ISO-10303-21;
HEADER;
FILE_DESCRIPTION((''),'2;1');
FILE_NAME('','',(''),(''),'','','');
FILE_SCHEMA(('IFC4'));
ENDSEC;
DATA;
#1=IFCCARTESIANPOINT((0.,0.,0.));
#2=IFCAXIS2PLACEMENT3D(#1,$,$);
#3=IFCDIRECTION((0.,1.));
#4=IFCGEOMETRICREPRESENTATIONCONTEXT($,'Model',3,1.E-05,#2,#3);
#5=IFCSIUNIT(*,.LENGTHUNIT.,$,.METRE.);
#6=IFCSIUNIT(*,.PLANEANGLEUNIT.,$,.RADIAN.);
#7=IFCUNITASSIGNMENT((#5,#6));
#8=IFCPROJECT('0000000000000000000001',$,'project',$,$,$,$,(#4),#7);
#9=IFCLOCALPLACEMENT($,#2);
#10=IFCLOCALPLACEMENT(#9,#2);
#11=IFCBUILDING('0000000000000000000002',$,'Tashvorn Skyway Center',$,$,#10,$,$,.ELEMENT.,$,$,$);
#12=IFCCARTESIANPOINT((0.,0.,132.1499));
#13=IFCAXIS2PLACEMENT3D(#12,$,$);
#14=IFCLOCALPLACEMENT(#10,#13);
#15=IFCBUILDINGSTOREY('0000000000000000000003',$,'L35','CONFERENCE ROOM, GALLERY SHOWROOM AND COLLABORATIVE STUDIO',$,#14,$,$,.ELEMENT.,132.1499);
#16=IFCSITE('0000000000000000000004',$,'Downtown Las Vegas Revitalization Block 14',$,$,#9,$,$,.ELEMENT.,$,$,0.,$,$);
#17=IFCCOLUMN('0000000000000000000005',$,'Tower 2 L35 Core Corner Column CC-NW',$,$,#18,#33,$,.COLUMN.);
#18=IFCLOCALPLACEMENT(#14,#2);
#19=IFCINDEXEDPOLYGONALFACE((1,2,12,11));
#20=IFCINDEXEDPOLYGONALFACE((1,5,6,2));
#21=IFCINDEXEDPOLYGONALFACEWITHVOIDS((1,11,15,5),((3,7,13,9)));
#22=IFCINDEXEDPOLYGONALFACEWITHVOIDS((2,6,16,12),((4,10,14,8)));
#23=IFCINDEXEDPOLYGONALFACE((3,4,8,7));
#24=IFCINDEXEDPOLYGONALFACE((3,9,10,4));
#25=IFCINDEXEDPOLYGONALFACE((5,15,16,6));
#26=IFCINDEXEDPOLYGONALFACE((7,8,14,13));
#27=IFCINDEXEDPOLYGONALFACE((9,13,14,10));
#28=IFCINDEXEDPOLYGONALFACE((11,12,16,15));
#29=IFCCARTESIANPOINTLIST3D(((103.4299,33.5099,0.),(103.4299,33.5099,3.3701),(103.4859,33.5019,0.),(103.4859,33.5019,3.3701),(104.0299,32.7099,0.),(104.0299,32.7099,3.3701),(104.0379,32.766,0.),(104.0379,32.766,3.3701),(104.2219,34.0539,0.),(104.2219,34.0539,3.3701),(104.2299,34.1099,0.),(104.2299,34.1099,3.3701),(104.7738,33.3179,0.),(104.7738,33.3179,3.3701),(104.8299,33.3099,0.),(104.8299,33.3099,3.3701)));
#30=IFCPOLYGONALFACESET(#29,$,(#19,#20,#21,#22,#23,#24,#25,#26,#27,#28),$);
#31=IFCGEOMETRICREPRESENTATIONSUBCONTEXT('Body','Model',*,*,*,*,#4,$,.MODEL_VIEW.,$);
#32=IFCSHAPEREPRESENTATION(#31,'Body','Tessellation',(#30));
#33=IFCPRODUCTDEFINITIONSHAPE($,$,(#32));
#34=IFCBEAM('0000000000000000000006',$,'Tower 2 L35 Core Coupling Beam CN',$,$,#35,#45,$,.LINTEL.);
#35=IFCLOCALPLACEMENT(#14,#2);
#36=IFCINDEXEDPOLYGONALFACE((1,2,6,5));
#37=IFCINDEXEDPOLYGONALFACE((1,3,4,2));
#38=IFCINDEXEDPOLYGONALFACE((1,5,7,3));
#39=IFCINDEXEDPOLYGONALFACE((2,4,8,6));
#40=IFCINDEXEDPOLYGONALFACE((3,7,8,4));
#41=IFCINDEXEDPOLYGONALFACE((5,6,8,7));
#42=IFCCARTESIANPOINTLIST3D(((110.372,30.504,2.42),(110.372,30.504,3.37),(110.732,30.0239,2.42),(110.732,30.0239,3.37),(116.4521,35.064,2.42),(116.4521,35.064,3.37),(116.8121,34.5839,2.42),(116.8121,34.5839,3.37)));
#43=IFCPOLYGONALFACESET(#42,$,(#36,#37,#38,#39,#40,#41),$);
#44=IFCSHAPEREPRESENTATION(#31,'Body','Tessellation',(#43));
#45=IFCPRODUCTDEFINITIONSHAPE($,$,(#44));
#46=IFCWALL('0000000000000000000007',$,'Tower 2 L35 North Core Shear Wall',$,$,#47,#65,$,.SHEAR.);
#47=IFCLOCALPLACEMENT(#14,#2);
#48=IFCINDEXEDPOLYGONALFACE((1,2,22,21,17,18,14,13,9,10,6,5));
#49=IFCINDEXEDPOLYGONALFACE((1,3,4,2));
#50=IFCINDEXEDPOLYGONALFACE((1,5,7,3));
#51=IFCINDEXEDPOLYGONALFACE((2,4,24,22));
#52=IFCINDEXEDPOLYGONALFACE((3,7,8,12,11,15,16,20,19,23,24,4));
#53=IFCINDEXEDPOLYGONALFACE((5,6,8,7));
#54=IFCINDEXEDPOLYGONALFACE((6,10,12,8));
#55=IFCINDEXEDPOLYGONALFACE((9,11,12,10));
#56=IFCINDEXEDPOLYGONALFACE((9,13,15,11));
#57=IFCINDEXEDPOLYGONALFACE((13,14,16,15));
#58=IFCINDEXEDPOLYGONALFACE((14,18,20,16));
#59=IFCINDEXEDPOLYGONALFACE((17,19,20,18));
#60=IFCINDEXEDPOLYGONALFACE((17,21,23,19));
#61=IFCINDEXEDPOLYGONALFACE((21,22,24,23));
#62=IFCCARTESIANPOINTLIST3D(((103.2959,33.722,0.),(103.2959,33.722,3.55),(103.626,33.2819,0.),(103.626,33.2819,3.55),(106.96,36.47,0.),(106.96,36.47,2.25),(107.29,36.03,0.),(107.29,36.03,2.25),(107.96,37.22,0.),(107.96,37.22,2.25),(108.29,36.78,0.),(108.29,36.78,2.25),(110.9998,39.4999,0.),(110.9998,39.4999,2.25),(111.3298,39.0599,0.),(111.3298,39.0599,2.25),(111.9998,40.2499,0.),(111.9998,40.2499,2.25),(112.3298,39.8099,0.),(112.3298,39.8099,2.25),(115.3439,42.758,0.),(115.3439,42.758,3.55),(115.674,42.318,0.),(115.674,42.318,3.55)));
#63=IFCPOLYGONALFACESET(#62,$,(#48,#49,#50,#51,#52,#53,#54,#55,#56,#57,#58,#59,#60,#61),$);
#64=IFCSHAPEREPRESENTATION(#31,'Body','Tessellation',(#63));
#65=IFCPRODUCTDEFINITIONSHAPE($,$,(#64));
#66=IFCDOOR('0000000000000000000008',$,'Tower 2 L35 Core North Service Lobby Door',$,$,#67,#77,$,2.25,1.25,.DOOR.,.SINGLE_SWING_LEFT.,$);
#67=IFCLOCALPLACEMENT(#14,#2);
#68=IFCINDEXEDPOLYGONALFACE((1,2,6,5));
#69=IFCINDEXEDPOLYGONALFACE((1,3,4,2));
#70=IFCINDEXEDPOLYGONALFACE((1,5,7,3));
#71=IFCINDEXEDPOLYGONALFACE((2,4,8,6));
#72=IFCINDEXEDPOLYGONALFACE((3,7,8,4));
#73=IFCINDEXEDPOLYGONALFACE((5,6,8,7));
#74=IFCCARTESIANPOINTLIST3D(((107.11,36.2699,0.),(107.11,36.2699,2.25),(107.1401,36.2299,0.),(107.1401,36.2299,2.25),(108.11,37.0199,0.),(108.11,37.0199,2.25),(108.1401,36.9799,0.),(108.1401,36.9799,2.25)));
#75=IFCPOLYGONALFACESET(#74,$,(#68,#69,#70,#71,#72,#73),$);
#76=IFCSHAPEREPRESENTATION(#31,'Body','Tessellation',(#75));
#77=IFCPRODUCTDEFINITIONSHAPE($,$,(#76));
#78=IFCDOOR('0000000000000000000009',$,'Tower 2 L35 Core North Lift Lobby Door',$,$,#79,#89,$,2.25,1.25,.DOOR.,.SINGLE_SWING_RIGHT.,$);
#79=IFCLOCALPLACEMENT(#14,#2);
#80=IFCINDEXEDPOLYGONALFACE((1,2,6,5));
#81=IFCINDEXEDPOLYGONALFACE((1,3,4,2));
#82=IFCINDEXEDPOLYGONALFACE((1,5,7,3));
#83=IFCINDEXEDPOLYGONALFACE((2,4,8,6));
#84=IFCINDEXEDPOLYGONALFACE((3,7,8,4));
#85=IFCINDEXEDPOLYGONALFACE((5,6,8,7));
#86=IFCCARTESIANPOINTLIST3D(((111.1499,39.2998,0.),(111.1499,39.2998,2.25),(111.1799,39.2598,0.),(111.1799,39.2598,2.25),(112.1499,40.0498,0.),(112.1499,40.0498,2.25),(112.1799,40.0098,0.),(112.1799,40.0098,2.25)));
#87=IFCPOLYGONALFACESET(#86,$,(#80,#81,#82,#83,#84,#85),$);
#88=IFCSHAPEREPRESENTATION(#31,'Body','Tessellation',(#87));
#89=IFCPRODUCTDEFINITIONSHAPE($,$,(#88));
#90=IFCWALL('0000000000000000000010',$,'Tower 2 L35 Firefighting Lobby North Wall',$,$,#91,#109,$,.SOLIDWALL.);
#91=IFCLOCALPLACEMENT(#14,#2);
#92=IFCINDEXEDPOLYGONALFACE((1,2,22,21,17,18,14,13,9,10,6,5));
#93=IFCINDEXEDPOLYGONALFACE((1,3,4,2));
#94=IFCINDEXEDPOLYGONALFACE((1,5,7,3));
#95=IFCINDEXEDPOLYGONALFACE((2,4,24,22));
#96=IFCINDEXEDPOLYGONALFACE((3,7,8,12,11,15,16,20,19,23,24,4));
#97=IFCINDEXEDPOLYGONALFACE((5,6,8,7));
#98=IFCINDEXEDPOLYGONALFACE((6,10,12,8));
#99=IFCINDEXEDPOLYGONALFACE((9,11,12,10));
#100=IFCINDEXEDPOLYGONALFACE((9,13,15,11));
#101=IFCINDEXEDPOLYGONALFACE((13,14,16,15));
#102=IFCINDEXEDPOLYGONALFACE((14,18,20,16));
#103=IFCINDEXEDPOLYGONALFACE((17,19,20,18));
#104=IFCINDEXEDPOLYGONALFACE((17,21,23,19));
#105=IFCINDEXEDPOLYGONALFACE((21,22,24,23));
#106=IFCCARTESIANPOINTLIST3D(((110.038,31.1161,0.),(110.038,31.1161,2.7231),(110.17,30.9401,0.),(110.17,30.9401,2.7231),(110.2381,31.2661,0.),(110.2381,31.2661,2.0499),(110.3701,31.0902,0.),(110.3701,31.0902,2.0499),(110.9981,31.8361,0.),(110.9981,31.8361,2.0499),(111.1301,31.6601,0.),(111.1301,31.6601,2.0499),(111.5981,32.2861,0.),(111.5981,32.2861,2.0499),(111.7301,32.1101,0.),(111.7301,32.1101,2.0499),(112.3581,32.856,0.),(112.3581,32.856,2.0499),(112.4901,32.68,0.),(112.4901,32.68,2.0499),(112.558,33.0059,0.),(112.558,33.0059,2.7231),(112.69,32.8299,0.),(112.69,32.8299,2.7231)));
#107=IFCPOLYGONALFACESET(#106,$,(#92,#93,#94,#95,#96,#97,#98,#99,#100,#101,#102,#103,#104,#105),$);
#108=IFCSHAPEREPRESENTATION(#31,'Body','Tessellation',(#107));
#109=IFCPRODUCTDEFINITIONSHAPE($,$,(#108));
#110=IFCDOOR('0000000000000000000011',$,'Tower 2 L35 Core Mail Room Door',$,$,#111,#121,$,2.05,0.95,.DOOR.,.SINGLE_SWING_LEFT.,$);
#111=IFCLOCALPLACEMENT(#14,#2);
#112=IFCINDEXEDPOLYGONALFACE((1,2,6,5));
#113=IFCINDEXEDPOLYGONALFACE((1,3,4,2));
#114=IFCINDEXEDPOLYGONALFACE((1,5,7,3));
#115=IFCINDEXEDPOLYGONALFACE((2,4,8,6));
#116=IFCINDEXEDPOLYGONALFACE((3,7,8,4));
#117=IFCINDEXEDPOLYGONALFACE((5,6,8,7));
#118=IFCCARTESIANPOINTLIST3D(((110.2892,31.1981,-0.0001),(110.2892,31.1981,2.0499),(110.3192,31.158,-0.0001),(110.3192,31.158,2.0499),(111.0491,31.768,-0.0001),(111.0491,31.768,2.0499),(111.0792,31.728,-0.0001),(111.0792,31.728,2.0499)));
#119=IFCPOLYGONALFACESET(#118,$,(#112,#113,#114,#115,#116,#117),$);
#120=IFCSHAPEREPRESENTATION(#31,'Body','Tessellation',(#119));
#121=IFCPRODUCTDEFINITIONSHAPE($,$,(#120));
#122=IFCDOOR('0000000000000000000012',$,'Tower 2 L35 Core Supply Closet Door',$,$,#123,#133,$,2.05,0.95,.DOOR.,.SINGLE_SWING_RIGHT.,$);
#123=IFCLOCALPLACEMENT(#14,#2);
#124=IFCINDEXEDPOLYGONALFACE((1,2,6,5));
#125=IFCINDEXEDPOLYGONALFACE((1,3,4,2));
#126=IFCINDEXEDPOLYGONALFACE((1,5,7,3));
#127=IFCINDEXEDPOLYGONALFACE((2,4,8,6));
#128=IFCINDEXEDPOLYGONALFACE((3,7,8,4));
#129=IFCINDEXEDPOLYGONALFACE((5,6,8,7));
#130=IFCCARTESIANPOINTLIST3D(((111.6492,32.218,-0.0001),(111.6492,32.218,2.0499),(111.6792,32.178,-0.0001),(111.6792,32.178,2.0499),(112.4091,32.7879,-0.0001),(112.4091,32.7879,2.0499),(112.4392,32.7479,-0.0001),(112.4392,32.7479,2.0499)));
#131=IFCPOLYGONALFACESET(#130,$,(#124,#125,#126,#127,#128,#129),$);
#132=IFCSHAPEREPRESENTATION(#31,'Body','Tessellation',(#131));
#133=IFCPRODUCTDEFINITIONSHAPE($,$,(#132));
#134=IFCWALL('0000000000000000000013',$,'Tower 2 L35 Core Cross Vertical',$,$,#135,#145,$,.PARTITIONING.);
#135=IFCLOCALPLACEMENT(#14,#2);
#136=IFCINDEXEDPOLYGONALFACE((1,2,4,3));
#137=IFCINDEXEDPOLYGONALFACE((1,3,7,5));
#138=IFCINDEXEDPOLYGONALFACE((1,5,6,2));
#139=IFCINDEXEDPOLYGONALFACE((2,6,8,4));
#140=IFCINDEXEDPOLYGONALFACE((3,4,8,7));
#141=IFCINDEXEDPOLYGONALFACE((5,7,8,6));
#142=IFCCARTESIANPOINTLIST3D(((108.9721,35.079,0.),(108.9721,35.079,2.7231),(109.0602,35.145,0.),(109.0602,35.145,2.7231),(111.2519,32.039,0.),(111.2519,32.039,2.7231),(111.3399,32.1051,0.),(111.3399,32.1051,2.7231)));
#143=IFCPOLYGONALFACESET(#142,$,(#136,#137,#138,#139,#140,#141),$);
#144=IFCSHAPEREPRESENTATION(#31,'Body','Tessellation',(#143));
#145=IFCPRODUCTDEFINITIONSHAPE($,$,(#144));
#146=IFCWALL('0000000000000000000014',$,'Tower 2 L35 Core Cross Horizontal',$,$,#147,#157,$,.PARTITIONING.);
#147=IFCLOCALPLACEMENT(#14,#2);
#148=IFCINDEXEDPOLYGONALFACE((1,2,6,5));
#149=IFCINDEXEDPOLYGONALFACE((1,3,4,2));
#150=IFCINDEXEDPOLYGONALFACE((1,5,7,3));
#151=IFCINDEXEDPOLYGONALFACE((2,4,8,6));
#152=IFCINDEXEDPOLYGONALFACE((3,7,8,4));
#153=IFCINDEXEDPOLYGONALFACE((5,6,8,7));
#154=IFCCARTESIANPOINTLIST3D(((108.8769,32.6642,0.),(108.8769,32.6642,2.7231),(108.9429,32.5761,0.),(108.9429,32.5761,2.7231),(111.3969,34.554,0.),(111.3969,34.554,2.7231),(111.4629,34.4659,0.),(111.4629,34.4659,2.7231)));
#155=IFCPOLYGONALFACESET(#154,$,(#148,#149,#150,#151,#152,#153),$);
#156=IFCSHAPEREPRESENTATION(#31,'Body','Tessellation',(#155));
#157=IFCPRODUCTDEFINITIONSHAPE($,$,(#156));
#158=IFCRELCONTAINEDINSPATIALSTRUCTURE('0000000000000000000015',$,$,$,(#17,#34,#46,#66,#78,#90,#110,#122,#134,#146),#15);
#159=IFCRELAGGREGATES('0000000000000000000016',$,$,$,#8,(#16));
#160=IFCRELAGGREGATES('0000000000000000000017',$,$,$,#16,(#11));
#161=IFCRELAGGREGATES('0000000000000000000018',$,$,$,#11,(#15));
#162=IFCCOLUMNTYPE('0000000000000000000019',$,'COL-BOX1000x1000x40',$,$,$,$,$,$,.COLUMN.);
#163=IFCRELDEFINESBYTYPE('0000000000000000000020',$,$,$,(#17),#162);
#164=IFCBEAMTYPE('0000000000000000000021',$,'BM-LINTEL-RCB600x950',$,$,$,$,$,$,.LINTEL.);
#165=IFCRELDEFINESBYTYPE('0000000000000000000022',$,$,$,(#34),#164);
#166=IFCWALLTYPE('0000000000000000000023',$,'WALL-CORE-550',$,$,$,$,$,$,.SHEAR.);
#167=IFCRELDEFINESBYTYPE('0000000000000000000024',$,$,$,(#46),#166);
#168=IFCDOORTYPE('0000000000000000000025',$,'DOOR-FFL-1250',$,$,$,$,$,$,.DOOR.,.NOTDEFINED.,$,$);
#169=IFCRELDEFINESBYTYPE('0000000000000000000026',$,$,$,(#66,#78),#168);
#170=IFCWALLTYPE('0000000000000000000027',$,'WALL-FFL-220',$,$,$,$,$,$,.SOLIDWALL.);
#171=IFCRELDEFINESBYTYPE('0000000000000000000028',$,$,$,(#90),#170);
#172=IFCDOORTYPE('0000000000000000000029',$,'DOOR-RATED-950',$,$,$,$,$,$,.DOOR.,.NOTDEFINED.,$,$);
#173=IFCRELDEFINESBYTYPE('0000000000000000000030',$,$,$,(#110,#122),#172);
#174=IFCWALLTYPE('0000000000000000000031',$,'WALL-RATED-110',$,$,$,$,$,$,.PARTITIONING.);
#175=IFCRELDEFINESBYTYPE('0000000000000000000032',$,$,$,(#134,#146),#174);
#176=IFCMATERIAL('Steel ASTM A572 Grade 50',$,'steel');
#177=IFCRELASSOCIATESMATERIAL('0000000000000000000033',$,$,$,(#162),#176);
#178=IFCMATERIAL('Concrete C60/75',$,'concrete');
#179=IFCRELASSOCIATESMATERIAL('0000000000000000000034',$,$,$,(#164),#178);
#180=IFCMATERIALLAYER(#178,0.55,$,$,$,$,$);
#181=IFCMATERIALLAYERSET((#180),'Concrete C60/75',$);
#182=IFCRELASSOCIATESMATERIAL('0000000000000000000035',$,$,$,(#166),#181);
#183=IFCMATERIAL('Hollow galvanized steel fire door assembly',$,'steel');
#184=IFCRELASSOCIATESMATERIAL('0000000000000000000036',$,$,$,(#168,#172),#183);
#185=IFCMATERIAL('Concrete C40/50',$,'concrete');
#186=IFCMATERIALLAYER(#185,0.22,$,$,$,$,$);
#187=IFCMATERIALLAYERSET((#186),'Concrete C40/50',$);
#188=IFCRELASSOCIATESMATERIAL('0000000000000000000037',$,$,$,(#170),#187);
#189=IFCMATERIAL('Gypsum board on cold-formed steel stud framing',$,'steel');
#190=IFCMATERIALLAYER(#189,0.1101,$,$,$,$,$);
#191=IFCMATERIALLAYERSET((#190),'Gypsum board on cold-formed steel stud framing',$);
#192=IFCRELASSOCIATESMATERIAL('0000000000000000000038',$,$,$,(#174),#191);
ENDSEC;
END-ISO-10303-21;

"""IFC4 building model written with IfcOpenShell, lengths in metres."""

from ifc_helpers import new_model, si_unit, direction, frame, frame_2d, origin, origin_2d, place, context, subcontext, project, spatial, rectangle, hollow_rectangle, extrude, material, layer, layer_set, material_profile, profile_set, type_object, element, fill, save


model = new_model("IFC4")

# Units and contexts
model_context = context("Model", 3, precision=1e-05, world=origin(), true_north=direction((0.0, 1.0)))
body_context = subcontext(model_context, "Body", "Model", "MODEL_VIEW")
ifc_project = project(units=[si_unit("LENGTHUNIT", "METRE"), si_unit("PLANEANGLEUNIT", "RADIAN")], contexts=[model_context])

# Site, building, storey
site_placement = place(None, origin())
site = spatial("IfcSite", under=ifc_project, at=site_placement, Name="Downtown Las Vegas Revitalization Block 14", CompositionType="ELEMENT", RefElevation=0.0)
building_placement = place(site_placement, origin())
building = spatial("IfcBuilding", under=site, at=building_placement, Name="Tashvorn Skyway Center", CompositionType="ELEMENT")
storey_placement = place(building_placement, frame((0.0, 0.0, 132.1499)))
storey = spatial("IfcBuildingStorey", under=building, at=storey_placement, Name="L35", Description="CONFERENCE ROOM, GALLERY SHOWROOM AND COLLABORATIVE STUDIO", CompositionType="ELEMENT", Elevation=132.1499)

# Column
ifc_material_1 = material(Name="Steel ASTM A572 Grade 50", Category="steel")
ifc_material_profile_1 = material_profile(ifc_material_1, hollow_rectangle(XDim=1.0, YDim=1.0, WallThickness=0.04, at=origin_2d()), Name="BOX1000x1000x40")
ifc_profile_set_1 = profile_set([ifc_material_profile_1], Name="Steel ASTM A572 Grade 50")
column_type = type_object("IfcColumnType", Name="COL-BOX1000x1000x40", PredefinedType="COLUMN", material=ifc_profile_set_1)
column_placement = place(storey_placement, frame((104.1299, 33.4099, 0.0), z_axis=(0.0, 0.0, 1.0), x_axis=(0.8, 0.6, 0.0)))
element("IfcColumn", 1, at=column_placement, inside=storey, type_object=column_type, Name="Tower 2 L35 Core Corner Column CC-NW", PredefinedType="COLUMN", context=body_context, shape_type="SweptSolid", body=[
    extrude(hollow_rectangle(XDim=1.0, YDim=1.0, WallThickness=0.04, at=origin_2d()), origin(), (0.0, 0.0, 1.0), 3.3701),
])

# Beam
ifc_material_2 = material(Name="Concrete C60/75", Category="concrete")
ifc_material_profile_2 = material_profile(ifc_material_2, rectangle(XDim=0.6001, YDim=0.95, at=origin_2d()), Name="RCB600x950")
ifc_profile_set_2 = profile_set([ifc_material_profile_2], Name="Concrete C60/75")
beam_type = type_object("IfcBeamType", Name="BM-LINTEL-RCB600x950", PredefinedType="LINTEL", material=ifc_profile_set_2)
beam_placement = place(storey_placement, frame((110.552, 30.2639, 2.895), z_axis=(0.8, 0.6, 0.0), x_axis=(-0.6, 0.8, 0.0)))
element("IfcBeam", 2, at=beam_placement, inside=storey, type_object=beam_type, Name="Tower 2 L35 Core Coupling Beam CN", PredefinedType="LINTEL", context=body_context, shape_type="SweptSolid", body=[
    extrude(rectangle(XDim=0.6001, YDim=0.95, at=origin_2d()), origin(), (0.0, 0.0, 1.0), 7.6001),
])

# Walls, openings, doors
ifc_layer_1 = layer(ifc_material_2, 0.55)
ifc_layer_set_1 = layer_set([ifc_layer_1], Name="Concrete C60/75")
wall_type_1 = type_object("IfcWallType", Name="WALL-CORE-550", PredefinedType="SHEAR", material=ifc_layer_set_1)
wall_1_placement = place(storey_placement, frame((103.4609, 33.502, 0.0), z_axis=(0.0, 0.0, 1.0), x_axis=(0.799998, 0.600003, 0.0)))
wall_1 = element("IfcWall", 3, at=wall_1_placement, inside=storey, type_object=wall_type_1, Name="Tower 2 L35 North Core Shear Wall", PredefinedType="SHEAR", context=body_context, shape_type="SweptSolid", body=[
    extrude(rectangle(XDim=15.0601, YDim=0.55, at=frame_2d((7.53, 0.0))), origin(), (0.0, 0.0, 1.0), 3.55),
])
opening_1_placement = place(wall_1_placement, frame((4.5801, 0.0, 0.0)))
opening_1 = element("IfcOpeningElement", 4, at=opening_1_placement, cuts=wall_1, PredefinedType="OPENING", context=body_context, shape_type="SweptSolid", body=[
    extrude(rectangle(XDim=1.25, YDim=2.25, at=frame_2d((0.625, 1.125))), frame((0.0, 0.2849, 0.0), z_axis=(0.0, -1.0, 0.0), x_axis=(1.0, 0.0, 0.0)), (0.0, 0.0, 1.0), 0.5701),
])
opening_2_placement = place(wall_1_placement, frame((9.6299, 0.0, 0.0)))
opening_2 = element("IfcOpeningElement", 5, at=opening_2_placement, cuts=wall_1, PredefinedType="OPENING", context=body_context, shape_type="SweptSolid", body=[
    extrude(rectangle(XDim=1.25, YDim=2.25, at=frame_2d((0.625, 1.125))), frame((0.0, 0.2849, 0.0), z_axis=(0.0, -1.0, 0.0), x_axis=(1.0, 0.0, 0.0)), (0.0, 0.0, 1.0), 0.5701),
])
ifc_material_3 = material(Name="Hollow galvanized steel fire door assembly", Category="steel")
door_type_1 = type_object("IfcDoorType", Name="DOOR-FFL-1250", OperationType="NOTDEFINED", PredefinedType="DOOR", material=ifc_material_3)
door_1_placement = place(opening_1_placement, origin())
door_1 = element("IfcDoor", 6, at=door_1_placement, inside=storey, type_object=door_type_1, Name="Tower 2 L35 Core North Service Lobby Door", OperationType="SINGLE_SWING_LEFT", OverallHeight=2.25, OverallWidth=1.25, PredefinedType="DOOR", context=body_context, shape_type="SweptSolid", body=[
    extrude(rectangle(XDim=1.25, YDim=2.25, at=frame_2d((0.625, 1.125))), frame((0.0, 0.0249, 0.0), z_axis=(0.0, -1.0, 0.0), x_axis=(1.0, 0.0, 0.0)), (0.0, 0.0, 1.0), 0.05),
])
fill(opening_1, door_1)
door_2_placement = place(opening_2_placement, origin())
door_2 = element("IfcDoor", 7, at=door_2_placement, inside=storey, type_object=door_type_1, Name="Tower 2 L35 Core North Lift Lobby Door", OperationType="SINGLE_SWING_RIGHT", OverallHeight=2.25, OverallWidth=1.25, PredefinedType="DOOR", context=body_context, shape_type="SweptSolid", body=[
    extrude(rectangle(XDim=1.25, YDim=2.25, at=frame_2d((0.625, 1.125))), frame((0.0, 0.0249, 0.0), z_axis=(0.0, -1.0, 0.0), x_axis=(1.0, 0.0, 0.0)), (0.0, 0.0, 1.0), 0.05),
])
fill(opening_2, door_2)
ifc_material_4 = material(Name="Concrete C40/50", Category="concrete")
ifc_layer_2 = layer(ifc_material_4, 0.22)
ifc_layer_set_2 = layer_set([ifc_layer_2], Name="Concrete C40/50")
wall_type_2 = type_object("IfcWallType", Name="WALL-FFL-220", PredefinedType="SOLIDWALL", material=ifc_layer_set_2)
wall_2_placement = place(storey_placement, frame((110.104, 31.0281, 0.0), z_axis=(0.0, 0.0, 1.0), x_axis=(0.800019, 0.599975, 0.0)))
wall_2 = element("IfcWall", 8, at=wall_2_placement, inside=storey, type_object=wall_type_2, Name="Tower 2 L35 Firefighting Lobby North Wall", PredefinedType="SOLIDWALL", context=body_context, shape_type="SweptSolid", body=[
    extrude(rectangle(XDim=3.1499, YDim=0.22, at=frame_2d((1.575, 0.0))), origin(), (0.0, 0.0, 1.0), 2.7231),
])
opening_3_placement = place(wall_2_placement, frame((0.25, 0.0, 0.0)))
opening_3 = element("IfcOpeningElement", 9, at=opening_3_placement, cuts=wall_2, PredefinedType="OPENING", context=body_context, shape_type="SweptSolid", body=[
    extrude(rectangle(XDim=0.95, YDim=2.05, at=frame_2d((0.4751, 1.0249))), frame((0.0, 0.1199, 0.0), z_axis=(0.0, -1.0, 0.0), x_axis=(1.0, 0.0, 0.0)), (0.0, 0.0, 1.0), 0.24),
])
opening_4_placement = place(wall_2_placement, frame((1.95, 0.0, 0.0)))
opening_4 = element("IfcOpeningElement", 10, at=opening_4_placement, cuts=wall_2, PredefinedType="OPENING", context=body_context, shape_type="SweptSolid", body=[
    extrude(rectangle(XDim=0.95, YDim=2.05, at=frame_2d((0.4751, 1.0249))), frame((0.0, 0.1199, 0.0), z_axis=(0.0, -1.0, 0.0), x_axis=(1.0, 0.0, 0.0)), (0.0, 0.0, 1.0), 0.24),
])
door_type_2 = type_object("IfcDoorType", Name="DOOR-RATED-950", OperationType="NOTDEFINED", PredefinedType="DOOR", material=ifc_material_3)
door_3_placement = place(opening_3_placement, origin())
door_3 = element("IfcDoor", 11, at=door_3_placement, inside=storey, type_object=door_type_2, Name="Tower 2 L35 Core Mail Room Door", OperationType="SINGLE_SWING_LEFT", OverallHeight=2.05, OverallWidth=0.95, PredefinedType="DOOR", context=body_context, shape_type="SweptSolid", body=[
    extrude(rectangle(XDim=0.95, YDim=2.05, at=frame_2d((0.4751, 1.0249))), frame((0.0, 0.0249, 0.0), z_axis=(0.0, -1.0, 0.0), x_axis=(1.0, 0.0, 0.0)), (0.0, 0.0, 1.0), 0.05),
])
fill(opening_3, door_3)
door_4_placement = place(opening_4_placement, origin())
door_4 = element("IfcDoor", 12, at=door_4_placement, inside=storey, type_object=door_type_2, Name="Tower 2 L35 Core Supply Closet Door", OperationType="SINGLE_SWING_RIGHT", OverallHeight=2.05, OverallWidth=0.95, PredefinedType="DOOR", context=body_context, shape_type="SweptSolid", body=[
    extrude(rectangle(XDim=0.95, YDim=2.05, at=frame_2d((0.4751, 1.0249))), frame((0.0, 0.0249, 0.0), z_axis=(0.0, -1.0, 0.0), x_axis=(1.0, 0.0, 0.0)), (0.0, 0.0, 1.0), 0.05),
])
fill(opening_4, door_4)

# Walls
ifc_material_5 = material(Name="Gypsum board on cold-formed steel stud framing", Category="steel")
ifc_layer_3 = layer(ifc_material_5, 0.1101)
ifc_layer_set_3 = layer_set([ifc_layer_3], Name="Gypsum board on cold-formed steel stud framing")
wall_type_3 = type_object("IfcWallType", Name="WALL-RATED-110", PredefinedType="PARTITIONING", material=ifc_layer_set_3)
wall_3_placement = place(storey_placement, frame((111.2959, 32.072, 0.0), z_axis=(0.0, 0.0, 1.0), x_axis=(-0.599959, 0.800031, 0.0)))
element("IfcWall", 13, at=wall_3_placement, inside=storey, type_object=wall_type_3, Name="Tower 2 L35 Core Cross Vertical", PredefinedType="PARTITIONING", context=body_context, shape_type="SweptSolid", body=[
    extrude(rectangle(XDim=3.7998, YDim=0.1101, at=frame_2d((1.8999, 0.0))), origin(), (0.0, 0.0, 1.0), 2.7231),
])
wall_4_placement = place(storey_placement, frame((108.9099, 32.6201, 0.0), z_axis=(0.0, 0.0, 1.0), x_axis=(0.800019, 0.599975, 0.0)))
element("IfcWall", 14, at=wall_4_placement, inside=storey, type_object=wall_type_3, Name="Tower 2 L35 Core Cross Horizontal", PredefinedType="PARTITIONING", context=body_context, shape_type="SweptSolid", body=[
    extrude(rectangle(XDim=3.1499, YDim=0.1101, at=frame_2d((1.575, 0.0))), origin(), (0.0, 0.0, 1.0), 2.7231),
])

save(model, "model.ifc")
